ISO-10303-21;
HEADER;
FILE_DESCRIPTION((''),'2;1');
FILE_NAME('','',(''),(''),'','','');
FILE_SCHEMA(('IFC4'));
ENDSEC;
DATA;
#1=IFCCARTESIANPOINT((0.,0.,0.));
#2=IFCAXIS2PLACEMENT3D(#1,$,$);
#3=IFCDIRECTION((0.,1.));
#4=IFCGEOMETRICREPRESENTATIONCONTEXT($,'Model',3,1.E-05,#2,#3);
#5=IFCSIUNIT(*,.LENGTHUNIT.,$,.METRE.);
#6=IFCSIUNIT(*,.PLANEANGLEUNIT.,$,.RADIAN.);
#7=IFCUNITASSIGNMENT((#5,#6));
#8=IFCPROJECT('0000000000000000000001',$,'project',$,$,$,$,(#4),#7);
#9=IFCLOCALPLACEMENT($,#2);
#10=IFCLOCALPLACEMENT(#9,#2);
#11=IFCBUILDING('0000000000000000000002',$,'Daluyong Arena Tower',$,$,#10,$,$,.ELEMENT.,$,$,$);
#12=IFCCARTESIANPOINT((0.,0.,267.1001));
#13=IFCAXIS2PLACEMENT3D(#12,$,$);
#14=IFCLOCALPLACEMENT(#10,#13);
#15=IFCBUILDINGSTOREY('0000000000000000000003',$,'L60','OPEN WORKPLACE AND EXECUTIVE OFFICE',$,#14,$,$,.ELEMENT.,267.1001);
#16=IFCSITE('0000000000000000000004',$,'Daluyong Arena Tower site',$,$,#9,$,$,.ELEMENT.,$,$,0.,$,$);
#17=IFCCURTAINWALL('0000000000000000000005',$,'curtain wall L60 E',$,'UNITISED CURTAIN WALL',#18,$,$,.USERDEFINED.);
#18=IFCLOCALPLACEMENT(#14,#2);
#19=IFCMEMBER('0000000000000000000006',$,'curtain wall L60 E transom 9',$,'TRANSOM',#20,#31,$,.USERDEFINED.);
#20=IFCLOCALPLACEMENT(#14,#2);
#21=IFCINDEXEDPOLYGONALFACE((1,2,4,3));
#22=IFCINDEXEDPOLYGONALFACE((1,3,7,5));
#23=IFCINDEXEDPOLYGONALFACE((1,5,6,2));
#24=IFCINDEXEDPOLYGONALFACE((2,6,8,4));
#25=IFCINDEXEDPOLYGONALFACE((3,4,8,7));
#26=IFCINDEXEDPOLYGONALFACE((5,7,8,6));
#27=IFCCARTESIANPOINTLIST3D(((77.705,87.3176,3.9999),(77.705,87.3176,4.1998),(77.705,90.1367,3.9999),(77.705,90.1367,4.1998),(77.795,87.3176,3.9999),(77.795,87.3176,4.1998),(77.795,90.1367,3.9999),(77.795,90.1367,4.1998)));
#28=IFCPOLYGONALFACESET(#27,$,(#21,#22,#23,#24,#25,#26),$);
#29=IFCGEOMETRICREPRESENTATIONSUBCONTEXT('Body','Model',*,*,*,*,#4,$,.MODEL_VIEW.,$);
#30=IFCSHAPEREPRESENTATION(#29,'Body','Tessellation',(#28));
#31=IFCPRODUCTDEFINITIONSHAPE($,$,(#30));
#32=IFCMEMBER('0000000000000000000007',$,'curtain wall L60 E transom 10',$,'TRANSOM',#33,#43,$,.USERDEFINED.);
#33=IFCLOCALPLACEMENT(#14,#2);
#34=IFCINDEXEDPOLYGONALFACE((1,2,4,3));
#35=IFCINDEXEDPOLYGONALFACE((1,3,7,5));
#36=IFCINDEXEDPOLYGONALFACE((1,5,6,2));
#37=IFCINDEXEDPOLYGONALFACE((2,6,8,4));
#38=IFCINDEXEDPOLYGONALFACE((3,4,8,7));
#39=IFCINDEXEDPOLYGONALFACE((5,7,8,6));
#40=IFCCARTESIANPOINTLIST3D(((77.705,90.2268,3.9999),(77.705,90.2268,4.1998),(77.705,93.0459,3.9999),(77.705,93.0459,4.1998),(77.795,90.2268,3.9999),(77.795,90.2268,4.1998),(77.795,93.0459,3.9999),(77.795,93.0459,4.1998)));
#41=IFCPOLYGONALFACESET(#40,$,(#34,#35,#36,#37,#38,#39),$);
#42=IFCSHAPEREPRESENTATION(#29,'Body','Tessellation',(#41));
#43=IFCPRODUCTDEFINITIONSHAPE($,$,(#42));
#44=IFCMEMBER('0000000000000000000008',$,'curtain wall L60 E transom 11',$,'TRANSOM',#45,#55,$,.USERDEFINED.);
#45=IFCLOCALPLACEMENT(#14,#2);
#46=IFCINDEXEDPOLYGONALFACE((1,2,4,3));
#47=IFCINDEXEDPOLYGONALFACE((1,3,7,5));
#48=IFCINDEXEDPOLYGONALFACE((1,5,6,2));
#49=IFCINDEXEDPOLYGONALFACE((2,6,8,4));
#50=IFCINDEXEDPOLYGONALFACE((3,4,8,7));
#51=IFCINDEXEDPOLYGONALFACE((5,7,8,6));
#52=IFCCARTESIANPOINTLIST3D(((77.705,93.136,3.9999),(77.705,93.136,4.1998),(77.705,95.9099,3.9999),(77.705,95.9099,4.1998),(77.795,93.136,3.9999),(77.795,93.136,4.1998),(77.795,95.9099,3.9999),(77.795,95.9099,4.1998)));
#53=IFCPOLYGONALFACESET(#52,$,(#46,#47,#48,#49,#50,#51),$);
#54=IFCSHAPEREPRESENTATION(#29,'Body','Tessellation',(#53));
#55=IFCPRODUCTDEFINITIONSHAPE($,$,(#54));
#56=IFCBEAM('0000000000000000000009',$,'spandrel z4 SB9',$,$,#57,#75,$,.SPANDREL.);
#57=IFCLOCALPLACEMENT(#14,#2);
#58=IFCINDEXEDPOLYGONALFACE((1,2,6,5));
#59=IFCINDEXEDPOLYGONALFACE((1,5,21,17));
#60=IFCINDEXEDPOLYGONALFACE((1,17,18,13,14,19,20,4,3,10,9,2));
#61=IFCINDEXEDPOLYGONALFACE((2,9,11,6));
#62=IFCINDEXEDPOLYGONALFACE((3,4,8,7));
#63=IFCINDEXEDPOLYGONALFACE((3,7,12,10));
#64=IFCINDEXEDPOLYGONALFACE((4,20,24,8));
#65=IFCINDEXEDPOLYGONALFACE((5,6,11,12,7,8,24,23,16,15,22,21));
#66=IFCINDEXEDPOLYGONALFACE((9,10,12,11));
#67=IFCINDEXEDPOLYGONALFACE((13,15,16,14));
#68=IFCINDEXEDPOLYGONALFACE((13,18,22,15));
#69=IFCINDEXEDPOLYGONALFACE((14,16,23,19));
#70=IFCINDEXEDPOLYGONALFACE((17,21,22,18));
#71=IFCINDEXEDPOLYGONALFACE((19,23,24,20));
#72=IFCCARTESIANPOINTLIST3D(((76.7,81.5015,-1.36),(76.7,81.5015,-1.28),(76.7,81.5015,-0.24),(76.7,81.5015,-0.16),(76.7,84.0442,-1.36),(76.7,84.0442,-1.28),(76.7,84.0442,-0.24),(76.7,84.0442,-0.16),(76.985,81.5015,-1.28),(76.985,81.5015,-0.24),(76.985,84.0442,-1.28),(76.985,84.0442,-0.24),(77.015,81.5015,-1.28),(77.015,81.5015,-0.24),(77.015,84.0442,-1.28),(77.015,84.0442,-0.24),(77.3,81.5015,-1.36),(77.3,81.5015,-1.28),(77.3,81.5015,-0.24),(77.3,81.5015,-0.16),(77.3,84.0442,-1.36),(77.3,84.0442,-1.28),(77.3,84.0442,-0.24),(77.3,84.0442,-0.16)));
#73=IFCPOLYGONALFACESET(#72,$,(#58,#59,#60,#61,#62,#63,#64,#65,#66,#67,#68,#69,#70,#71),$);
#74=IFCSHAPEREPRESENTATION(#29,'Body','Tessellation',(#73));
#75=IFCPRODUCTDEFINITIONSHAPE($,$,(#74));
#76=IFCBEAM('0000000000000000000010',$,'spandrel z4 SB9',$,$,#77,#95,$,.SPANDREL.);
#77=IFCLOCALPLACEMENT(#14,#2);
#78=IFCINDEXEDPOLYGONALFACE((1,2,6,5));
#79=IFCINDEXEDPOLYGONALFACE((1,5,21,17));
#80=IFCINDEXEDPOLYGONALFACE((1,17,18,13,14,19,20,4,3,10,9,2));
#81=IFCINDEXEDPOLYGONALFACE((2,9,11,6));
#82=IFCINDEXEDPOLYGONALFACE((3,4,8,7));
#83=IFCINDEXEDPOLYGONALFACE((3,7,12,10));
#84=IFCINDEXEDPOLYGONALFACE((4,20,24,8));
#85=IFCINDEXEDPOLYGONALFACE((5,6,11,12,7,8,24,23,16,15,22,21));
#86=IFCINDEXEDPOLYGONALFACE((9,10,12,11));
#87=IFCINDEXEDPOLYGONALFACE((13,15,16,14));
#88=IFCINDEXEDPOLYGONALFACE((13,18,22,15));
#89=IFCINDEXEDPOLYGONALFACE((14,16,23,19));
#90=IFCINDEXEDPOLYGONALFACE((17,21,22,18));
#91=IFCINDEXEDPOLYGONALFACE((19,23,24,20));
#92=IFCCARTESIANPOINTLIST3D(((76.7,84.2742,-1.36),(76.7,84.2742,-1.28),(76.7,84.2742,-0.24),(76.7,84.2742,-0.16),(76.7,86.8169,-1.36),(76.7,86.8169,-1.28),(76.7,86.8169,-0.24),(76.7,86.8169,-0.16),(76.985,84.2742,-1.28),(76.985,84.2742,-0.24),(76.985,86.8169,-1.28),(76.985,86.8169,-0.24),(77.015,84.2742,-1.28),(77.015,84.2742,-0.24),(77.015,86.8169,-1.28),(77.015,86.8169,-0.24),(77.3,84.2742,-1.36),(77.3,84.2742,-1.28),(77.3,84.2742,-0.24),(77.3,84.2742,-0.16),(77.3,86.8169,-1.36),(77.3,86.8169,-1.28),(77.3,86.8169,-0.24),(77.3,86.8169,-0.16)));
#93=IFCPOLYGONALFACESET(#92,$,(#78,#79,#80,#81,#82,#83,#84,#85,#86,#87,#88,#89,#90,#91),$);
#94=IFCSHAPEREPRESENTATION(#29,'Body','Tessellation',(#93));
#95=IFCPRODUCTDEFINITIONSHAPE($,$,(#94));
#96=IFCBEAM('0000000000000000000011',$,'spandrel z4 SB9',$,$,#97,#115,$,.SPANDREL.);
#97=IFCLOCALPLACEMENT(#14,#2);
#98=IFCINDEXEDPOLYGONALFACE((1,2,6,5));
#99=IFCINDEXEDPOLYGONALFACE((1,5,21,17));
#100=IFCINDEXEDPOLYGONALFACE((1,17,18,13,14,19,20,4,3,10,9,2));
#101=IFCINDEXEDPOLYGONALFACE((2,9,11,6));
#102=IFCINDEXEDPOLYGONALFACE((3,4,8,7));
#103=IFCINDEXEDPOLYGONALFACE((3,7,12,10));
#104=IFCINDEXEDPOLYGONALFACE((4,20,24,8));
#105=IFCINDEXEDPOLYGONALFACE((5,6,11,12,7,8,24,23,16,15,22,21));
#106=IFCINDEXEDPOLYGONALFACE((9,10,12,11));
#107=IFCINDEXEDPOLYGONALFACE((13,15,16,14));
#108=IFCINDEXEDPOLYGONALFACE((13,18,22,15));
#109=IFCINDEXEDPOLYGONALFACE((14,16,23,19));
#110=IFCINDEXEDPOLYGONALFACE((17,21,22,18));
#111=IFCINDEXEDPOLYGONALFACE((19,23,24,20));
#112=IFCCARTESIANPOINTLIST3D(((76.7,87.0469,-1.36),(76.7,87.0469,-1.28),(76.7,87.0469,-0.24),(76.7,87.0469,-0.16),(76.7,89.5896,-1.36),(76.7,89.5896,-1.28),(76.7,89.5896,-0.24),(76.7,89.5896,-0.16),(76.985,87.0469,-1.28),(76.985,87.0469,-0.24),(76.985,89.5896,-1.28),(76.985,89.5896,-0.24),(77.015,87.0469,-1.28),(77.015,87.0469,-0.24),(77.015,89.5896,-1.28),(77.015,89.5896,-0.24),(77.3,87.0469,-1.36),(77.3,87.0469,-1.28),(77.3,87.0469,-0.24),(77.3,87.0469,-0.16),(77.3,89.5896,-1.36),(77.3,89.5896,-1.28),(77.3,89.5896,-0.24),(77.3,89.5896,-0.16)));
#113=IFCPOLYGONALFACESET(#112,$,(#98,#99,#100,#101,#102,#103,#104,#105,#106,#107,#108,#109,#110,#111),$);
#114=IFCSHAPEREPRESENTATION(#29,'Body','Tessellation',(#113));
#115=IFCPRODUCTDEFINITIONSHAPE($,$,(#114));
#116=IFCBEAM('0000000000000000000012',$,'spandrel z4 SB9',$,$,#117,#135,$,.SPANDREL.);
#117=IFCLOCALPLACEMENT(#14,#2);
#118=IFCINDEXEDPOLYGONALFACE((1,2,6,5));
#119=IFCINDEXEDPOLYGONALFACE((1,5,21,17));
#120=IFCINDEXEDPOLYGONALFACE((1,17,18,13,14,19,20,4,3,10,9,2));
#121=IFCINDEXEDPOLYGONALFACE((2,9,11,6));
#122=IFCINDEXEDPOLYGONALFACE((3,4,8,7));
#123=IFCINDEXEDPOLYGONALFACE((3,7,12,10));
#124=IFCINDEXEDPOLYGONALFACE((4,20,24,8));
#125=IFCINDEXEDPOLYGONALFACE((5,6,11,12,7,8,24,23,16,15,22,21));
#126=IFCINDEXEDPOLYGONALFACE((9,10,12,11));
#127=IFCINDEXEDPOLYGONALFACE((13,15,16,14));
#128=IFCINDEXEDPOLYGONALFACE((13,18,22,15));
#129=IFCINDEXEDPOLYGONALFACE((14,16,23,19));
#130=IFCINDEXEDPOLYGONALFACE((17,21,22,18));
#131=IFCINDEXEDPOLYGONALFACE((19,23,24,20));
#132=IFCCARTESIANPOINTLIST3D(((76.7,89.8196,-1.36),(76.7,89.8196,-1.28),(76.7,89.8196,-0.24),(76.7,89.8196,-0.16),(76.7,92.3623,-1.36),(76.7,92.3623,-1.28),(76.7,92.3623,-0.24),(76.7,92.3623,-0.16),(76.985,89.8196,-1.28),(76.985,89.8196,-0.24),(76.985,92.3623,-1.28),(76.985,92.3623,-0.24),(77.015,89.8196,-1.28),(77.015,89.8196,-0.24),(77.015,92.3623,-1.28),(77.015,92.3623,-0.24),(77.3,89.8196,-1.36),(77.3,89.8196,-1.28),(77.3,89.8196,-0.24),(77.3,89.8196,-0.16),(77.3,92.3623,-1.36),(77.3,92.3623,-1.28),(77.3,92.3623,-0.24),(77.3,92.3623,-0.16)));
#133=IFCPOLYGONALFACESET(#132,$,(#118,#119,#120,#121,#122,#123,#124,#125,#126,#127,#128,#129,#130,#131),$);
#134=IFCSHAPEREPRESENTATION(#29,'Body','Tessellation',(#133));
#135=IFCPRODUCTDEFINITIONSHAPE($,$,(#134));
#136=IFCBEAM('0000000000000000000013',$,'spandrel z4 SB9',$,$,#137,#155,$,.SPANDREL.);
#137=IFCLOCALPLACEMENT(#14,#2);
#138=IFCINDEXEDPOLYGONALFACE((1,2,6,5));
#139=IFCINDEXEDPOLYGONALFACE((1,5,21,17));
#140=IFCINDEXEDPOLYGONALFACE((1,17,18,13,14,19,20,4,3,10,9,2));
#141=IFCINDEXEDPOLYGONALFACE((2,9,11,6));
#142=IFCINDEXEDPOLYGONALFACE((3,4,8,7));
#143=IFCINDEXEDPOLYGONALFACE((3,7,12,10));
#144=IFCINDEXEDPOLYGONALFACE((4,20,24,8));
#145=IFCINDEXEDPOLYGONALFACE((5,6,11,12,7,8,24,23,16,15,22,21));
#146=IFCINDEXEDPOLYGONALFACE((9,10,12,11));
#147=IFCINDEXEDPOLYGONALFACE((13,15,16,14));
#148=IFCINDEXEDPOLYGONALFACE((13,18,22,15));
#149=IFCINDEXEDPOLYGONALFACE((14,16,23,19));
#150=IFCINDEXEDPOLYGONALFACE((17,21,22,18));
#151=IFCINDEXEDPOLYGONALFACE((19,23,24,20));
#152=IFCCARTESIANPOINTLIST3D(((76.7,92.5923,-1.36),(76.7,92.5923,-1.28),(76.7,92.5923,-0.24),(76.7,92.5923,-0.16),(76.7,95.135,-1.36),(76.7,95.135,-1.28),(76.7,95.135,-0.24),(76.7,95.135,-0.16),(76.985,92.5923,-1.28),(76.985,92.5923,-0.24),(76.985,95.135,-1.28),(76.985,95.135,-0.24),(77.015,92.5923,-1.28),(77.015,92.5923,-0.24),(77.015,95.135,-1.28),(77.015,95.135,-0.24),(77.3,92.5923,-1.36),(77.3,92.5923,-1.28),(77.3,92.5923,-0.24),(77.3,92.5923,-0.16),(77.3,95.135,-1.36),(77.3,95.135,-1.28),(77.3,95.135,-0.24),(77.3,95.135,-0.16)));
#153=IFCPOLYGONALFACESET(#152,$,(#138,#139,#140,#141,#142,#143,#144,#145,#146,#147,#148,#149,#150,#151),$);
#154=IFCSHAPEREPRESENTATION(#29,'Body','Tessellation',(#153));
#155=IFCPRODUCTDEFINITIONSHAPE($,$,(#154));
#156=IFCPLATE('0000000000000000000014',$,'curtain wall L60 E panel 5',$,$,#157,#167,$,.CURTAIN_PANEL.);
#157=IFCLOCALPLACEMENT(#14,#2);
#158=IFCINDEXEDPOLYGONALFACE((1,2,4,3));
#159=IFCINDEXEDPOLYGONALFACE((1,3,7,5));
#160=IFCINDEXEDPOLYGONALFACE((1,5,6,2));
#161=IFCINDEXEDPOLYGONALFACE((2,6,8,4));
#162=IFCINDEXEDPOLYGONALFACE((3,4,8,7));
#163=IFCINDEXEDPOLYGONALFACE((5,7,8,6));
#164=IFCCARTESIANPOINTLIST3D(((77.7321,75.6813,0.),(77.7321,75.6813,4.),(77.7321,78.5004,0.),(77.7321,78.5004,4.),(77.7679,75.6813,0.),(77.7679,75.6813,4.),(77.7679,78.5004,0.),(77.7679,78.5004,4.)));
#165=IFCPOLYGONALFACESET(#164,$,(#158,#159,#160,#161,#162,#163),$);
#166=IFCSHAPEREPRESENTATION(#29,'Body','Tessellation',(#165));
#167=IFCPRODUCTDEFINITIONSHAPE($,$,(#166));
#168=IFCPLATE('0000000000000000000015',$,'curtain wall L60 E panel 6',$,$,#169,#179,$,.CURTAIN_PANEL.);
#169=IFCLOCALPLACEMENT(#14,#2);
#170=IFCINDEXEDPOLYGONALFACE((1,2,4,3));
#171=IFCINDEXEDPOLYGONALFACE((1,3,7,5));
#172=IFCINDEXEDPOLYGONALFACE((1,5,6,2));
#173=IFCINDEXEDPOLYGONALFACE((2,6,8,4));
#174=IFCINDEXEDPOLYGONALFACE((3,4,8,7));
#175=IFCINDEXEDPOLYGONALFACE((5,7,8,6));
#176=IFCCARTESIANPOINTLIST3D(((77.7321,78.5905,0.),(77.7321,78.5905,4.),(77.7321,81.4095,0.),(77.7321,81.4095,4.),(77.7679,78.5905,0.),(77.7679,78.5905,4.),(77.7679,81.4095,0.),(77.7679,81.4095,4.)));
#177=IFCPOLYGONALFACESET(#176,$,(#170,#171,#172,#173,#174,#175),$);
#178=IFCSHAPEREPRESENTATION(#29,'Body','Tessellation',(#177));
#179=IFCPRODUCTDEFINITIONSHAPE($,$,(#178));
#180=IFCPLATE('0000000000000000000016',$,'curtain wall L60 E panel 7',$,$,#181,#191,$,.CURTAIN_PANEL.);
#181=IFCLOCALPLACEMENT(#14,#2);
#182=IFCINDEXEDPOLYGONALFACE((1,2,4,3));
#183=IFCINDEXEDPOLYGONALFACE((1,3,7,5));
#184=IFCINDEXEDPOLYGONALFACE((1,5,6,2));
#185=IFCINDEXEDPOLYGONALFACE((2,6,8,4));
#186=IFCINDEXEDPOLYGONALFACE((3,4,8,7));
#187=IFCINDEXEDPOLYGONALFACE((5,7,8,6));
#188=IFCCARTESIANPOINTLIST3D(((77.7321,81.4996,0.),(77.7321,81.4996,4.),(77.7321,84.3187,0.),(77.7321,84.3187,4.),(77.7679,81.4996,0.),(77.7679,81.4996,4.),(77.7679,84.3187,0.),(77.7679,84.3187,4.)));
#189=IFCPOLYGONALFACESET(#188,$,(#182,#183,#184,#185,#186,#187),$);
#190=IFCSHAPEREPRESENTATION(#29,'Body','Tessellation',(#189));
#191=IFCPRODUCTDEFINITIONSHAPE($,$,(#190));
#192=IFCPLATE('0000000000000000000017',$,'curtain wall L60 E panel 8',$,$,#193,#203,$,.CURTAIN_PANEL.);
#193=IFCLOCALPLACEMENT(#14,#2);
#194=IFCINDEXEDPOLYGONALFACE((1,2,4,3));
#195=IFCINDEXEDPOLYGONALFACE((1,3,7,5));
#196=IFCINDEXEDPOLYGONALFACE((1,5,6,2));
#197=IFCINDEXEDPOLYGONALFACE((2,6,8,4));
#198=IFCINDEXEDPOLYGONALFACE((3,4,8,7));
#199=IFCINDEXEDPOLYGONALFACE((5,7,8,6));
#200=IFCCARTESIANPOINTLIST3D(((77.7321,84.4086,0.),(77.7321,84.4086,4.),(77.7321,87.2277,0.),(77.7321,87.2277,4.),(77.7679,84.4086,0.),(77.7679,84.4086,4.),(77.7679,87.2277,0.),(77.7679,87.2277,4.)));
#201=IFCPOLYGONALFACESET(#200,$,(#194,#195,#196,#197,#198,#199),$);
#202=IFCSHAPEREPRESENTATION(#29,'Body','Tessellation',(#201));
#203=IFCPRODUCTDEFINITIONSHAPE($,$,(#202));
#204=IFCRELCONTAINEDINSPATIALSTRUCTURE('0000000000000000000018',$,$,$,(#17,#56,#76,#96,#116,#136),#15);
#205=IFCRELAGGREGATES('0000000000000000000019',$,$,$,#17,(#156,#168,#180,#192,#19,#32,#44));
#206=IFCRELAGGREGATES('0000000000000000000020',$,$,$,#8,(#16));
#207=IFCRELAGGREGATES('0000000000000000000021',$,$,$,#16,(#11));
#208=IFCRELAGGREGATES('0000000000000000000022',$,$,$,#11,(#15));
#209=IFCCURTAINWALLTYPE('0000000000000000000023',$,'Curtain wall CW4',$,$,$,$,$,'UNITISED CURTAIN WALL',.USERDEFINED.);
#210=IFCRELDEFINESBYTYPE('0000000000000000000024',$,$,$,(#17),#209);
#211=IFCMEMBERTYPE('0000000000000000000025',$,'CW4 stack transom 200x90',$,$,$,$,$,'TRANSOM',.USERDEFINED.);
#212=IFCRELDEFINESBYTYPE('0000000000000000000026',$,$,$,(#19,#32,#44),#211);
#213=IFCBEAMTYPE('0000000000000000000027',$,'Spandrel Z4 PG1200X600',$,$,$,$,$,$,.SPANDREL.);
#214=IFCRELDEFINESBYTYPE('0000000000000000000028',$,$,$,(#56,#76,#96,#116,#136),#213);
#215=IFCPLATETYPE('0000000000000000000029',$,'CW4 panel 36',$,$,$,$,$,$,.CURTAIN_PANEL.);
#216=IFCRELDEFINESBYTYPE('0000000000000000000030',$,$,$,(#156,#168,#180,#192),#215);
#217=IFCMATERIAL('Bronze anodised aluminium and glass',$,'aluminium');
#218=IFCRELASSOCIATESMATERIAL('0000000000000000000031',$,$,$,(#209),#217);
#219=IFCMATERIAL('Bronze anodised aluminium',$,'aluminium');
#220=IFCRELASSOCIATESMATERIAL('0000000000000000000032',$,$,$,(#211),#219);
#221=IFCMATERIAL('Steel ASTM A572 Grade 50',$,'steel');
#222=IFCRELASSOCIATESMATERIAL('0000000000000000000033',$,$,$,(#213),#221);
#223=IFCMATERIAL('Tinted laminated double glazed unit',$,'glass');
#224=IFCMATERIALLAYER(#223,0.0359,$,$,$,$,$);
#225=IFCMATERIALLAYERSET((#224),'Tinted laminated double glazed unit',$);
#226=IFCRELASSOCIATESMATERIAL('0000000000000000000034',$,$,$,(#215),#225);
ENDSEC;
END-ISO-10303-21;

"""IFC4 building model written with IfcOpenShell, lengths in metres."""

from ifc_helpers import new_model, si_unit, direction, frame, origin, origin_2d, place, context, subcontext, project, spatial, rectangle, i_section, extrude, material, layer, layer_set, material_profile, profile_set, type_object, element, aggregate, save


model = new_model("IFC4")

# Units and contexts
model_context = context("Model", 3, precision=1e-05, world=origin(), true_north=direction((0.0, 1.0)))
body_context = subcontext(model_context, "Body", "Model", "MODEL_VIEW")
ifc_project = project(units=[si_unit("LENGTHUNIT", "METRE"), si_unit("PLANEANGLEUNIT", "RADIAN")], contexts=[model_context])

# Site, building, storey
site_placement = place(None, origin())
site = spatial("IfcSite", under=ifc_project, at=site_placement, Name="Daluyong Arena Tower site", CompositionType="ELEMENT", RefElevation=0.0)
building_placement = place(site_placement, origin())
building = spatial("IfcBuilding", under=site, at=building_placement, Name="Daluyong Arena Tower", CompositionType="ELEMENT")
storey_placement = place(building_placement, frame((0.0, 0.0, 267.1001)))
storey = spatial("IfcBuildingStorey", under=building, at=storey_placement, Name="L60", Description="OPEN WORKPLACE AND EXECUTIVE OFFICE", CompositionType="ELEMENT", Elevation=267.1001)

# Curtain wall, members
ifc_material_1 = material(Name="Bronze anodised aluminium and glass", Category="aluminium")
curtain_wall_type = type_object("IfcCurtainWallType", Name="Curtain wall CW4", ElementType="UNITISED CURTAIN WALL", PredefinedType="USERDEFINED", material=ifc_material_1)
curtain_wall_placement = place(storey_placement, origin())
curtain_wall = element("IfcCurtainWall", 1, at=curtain_wall_placement, inside=storey, type_object=curtain_wall_type, Name="curtain wall L60 E", ObjectType="UNITISED CURTAIN WALL", PredefinedType="USERDEFINED")
ifc_material_2 = material(Name="Bronze anodised aluminium", Category="aluminium")
ifc_material_profile_1 = material_profile(ifc_material_2, rectangle(XDim=0.0901, YDim=0.2, at=origin_2d()))
ifc_profile_set_1 = profile_set([ifc_material_profile_1], Name="Bronze anodised aluminium")
member_type_1 = type_object("IfcMemberType", Name="CW4 stack transom 200x90", ElementType="TRANSOM", PredefinedType="USERDEFINED", material=ifc_profile_set_1)
member_1_placement = place(storey_placement, frame((77.75, 87.3176, 4.0999), z_axis=(0.0, 1.0, 0.0), x_axis=(-1.0, 0.0, 0.0)))
member_1 = element("IfcMember", 2, at=member_1_placement, type_object=member_type_1, Name="curtain wall L60 E transom 9", ObjectType="TRANSOM", PredefinedType="USERDEFINED", context=body_context, shape_type="SweptSolid", body=[
    extrude(rectangle(XDim=0.0901, YDim=0.2, at=origin_2d()), origin(), (0.0, 0.0, 1.0), 2.8191),
])
member_2_placement = place(storey_placement, frame((77.75, 90.2268, 4.0999), z_axis=(0.0, 1.0, 0.0), x_axis=(-1.0, 0.0, 0.0)))
member_2 = element("IfcMember", 3, at=member_2_placement, type_object=member_type_1, Name="curtain wall L60 E transom 10", ObjectType="TRANSOM", PredefinedType="USERDEFINED", context=body_context, shape_type="SweptSolid", body=[
    extrude(rectangle(XDim=0.0901, YDim=0.2, at=origin_2d()), origin(), (0.0, 0.0, 1.0), 2.8191),
])
member_3_placement = place(storey_placement, frame((77.75, 93.136, 4.0999), z_axis=(0.0, 1.0, 0.0), x_axis=(-1.0, 0.0, 0.0)))
member_3 = element("IfcMember", 4, at=member_3_placement, type_object=member_type_1, Name="curtain wall L60 E transom 11", ObjectType="TRANSOM", PredefinedType="USERDEFINED", context=body_context, shape_type="SweptSolid", body=[
    extrude(rectangle(XDim=0.0901, YDim=0.2, at=origin_2d()), origin(), (0.0, 0.0, 1.0), 2.7739),
])

# Beams
ifc_material_3 = material(Name="Steel ASTM A572 Grade 50", Category="steel")
ifc_material_profile_2 = material_profile(ifc_material_3, i_section(OverallWidth=0.6001, OverallDepth=1.2, WebThickness=0.03, FlangeThickness=0.08, at=origin_2d()))
ifc_profile_set_2 = profile_set([ifc_material_profile_2], Name="Steel ASTM A572 Grade 50")
beam_type = type_object("IfcBeamType", Name="Spandrel Z4 PG1200X600", PredefinedType="SPANDREL", material=ifc_profile_set_2)
for number, where, z_axis, x_axis, name in (
    (5, (77.0, 81.5015, -0.76), (0.0, 1.0, 0.0), (-1.0, 0.0, 0.0), "spandrel z4 SB9"),
    (6, (77.0, 84.2742, -0.76), (0.0, 1.0, 0.0), (-1.0, 0.0, 0.0), "spandrel z4 SB9"),
    (7, (77.0, 87.0469, -0.76), (0.0, 1.0, 0.0), (-1.0, 0.0, 0.0), "spandrel z4 SB9"),
    (8, (77.0, 89.8196, -0.76), (0.0, 1.0, 0.0), (-1.0, 0.0, 0.0), "spandrel z4 SB9"),
    (9, (77.0, 92.5923, -0.76), (0.0, 1.0, 0.0), (-1.0, 0.0, 0.0), "spandrel z4 SB9"),
):
    element("IfcBeam", number, at=place(storey_placement, frame(where, z_axis=z_axis, x_axis=x_axis)), inside=storey, type_object=beam_type, Name=name, PredefinedType="SPANDREL", context=body_context, shape_type="SweptSolid", body=[
        extrude(i_section(OverallWidth=0.6001, OverallDepth=1.2, WebThickness=0.03, FlangeThickness=0.08, at=origin_2d()), origin(), (0.0, 0.0, 1.0), 2.5427),
    ])

# Plates
ifc_material_4 = material(Name="Tinted laminated double glazed unit", Category="glass")
ifc_layer = layer(ifc_material_4, 0.0359)
ifc_layer_set = layer_set([ifc_layer], Name="Tinted laminated double glazed unit")
plate_type = type_object("IfcPlateType", Name="CW4 panel 36", PredefinedType="CURTAIN_PANEL", material=ifc_layer_set)
plate_1_placement = place(storey_placement, frame((77.75, 77.0908, 0.0), z_axis=(0.0, 0.0, 1.0), x_axis=(0.0, 1.0, 0.0)))
plate_1 = element("IfcPlate", 10, at=plate_1_placement, type_object=plate_type, Name="curtain wall L60 E panel 5", PredefinedType="CURTAIN_PANEL", context=body_context, shape_type="SweptSolid", body=[
    extrude(rectangle(XDim=2.8191, YDim=0.0359, at=origin_2d()), origin(), (0.0, 0.0, 1.0), 4.0),
])
plate_2_placement = place(storey_placement, frame((77.75, 80.0, 0.0), z_axis=(0.0, 0.0, 1.0), x_axis=(0.0, 1.0, 0.0)))
plate_2 = element("IfcPlate", 11, at=plate_2_placement, type_object=plate_type, Name="curtain wall L60 E panel 6", PredefinedType="CURTAIN_PANEL", context=body_context, shape_type="SweptSolid", body=[
    extrude(rectangle(XDim=2.8191, YDim=0.0359, at=origin_2d()), origin(), (0.0, 0.0, 1.0), 4.0),
])
plate_3_placement = place(storey_placement, frame((77.75, 82.9092, 0.0), z_axis=(0.0, 0.0, 1.0), x_axis=(0.0, 1.0, 0.0)))
plate_3 = element("IfcPlate", 12, at=plate_3_placement, type_object=plate_type, Name="curtain wall L60 E panel 7", PredefinedType="CURTAIN_PANEL", context=body_context, shape_type="SweptSolid", body=[
    extrude(rectangle(XDim=2.8191, YDim=0.0359, at=origin_2d()), origin(), (0.0, 0.0, 1.0), 4.0),
])
plate_4_placement = place(storey_placement, frame((77.75, 85.8181, 0.0), z_axis=(0.0, 0.0, 1.0), x_axis=(0.0, 1.0, 0.0)))
plate_4 = element("IfcPlate", 13, at=plate_4_placement, type_object=plate_type, Name="curtain wall L60 E panel 8", PredefinedType="CURTAIN_PANEL", context=body_context, shape_type="SweptSolid", body=[
    extrude(rectangle(XDim=2.8191, YDim=0.0359, at=origin_2d()), origin(), (0.0, 0.0, 1.0), 4.0),
])
aggregate(curtain_wall, [plate_1, plate_2, plate_3, plate_4, member_1, member_2, member_3])

save(model, "model.ifc")
